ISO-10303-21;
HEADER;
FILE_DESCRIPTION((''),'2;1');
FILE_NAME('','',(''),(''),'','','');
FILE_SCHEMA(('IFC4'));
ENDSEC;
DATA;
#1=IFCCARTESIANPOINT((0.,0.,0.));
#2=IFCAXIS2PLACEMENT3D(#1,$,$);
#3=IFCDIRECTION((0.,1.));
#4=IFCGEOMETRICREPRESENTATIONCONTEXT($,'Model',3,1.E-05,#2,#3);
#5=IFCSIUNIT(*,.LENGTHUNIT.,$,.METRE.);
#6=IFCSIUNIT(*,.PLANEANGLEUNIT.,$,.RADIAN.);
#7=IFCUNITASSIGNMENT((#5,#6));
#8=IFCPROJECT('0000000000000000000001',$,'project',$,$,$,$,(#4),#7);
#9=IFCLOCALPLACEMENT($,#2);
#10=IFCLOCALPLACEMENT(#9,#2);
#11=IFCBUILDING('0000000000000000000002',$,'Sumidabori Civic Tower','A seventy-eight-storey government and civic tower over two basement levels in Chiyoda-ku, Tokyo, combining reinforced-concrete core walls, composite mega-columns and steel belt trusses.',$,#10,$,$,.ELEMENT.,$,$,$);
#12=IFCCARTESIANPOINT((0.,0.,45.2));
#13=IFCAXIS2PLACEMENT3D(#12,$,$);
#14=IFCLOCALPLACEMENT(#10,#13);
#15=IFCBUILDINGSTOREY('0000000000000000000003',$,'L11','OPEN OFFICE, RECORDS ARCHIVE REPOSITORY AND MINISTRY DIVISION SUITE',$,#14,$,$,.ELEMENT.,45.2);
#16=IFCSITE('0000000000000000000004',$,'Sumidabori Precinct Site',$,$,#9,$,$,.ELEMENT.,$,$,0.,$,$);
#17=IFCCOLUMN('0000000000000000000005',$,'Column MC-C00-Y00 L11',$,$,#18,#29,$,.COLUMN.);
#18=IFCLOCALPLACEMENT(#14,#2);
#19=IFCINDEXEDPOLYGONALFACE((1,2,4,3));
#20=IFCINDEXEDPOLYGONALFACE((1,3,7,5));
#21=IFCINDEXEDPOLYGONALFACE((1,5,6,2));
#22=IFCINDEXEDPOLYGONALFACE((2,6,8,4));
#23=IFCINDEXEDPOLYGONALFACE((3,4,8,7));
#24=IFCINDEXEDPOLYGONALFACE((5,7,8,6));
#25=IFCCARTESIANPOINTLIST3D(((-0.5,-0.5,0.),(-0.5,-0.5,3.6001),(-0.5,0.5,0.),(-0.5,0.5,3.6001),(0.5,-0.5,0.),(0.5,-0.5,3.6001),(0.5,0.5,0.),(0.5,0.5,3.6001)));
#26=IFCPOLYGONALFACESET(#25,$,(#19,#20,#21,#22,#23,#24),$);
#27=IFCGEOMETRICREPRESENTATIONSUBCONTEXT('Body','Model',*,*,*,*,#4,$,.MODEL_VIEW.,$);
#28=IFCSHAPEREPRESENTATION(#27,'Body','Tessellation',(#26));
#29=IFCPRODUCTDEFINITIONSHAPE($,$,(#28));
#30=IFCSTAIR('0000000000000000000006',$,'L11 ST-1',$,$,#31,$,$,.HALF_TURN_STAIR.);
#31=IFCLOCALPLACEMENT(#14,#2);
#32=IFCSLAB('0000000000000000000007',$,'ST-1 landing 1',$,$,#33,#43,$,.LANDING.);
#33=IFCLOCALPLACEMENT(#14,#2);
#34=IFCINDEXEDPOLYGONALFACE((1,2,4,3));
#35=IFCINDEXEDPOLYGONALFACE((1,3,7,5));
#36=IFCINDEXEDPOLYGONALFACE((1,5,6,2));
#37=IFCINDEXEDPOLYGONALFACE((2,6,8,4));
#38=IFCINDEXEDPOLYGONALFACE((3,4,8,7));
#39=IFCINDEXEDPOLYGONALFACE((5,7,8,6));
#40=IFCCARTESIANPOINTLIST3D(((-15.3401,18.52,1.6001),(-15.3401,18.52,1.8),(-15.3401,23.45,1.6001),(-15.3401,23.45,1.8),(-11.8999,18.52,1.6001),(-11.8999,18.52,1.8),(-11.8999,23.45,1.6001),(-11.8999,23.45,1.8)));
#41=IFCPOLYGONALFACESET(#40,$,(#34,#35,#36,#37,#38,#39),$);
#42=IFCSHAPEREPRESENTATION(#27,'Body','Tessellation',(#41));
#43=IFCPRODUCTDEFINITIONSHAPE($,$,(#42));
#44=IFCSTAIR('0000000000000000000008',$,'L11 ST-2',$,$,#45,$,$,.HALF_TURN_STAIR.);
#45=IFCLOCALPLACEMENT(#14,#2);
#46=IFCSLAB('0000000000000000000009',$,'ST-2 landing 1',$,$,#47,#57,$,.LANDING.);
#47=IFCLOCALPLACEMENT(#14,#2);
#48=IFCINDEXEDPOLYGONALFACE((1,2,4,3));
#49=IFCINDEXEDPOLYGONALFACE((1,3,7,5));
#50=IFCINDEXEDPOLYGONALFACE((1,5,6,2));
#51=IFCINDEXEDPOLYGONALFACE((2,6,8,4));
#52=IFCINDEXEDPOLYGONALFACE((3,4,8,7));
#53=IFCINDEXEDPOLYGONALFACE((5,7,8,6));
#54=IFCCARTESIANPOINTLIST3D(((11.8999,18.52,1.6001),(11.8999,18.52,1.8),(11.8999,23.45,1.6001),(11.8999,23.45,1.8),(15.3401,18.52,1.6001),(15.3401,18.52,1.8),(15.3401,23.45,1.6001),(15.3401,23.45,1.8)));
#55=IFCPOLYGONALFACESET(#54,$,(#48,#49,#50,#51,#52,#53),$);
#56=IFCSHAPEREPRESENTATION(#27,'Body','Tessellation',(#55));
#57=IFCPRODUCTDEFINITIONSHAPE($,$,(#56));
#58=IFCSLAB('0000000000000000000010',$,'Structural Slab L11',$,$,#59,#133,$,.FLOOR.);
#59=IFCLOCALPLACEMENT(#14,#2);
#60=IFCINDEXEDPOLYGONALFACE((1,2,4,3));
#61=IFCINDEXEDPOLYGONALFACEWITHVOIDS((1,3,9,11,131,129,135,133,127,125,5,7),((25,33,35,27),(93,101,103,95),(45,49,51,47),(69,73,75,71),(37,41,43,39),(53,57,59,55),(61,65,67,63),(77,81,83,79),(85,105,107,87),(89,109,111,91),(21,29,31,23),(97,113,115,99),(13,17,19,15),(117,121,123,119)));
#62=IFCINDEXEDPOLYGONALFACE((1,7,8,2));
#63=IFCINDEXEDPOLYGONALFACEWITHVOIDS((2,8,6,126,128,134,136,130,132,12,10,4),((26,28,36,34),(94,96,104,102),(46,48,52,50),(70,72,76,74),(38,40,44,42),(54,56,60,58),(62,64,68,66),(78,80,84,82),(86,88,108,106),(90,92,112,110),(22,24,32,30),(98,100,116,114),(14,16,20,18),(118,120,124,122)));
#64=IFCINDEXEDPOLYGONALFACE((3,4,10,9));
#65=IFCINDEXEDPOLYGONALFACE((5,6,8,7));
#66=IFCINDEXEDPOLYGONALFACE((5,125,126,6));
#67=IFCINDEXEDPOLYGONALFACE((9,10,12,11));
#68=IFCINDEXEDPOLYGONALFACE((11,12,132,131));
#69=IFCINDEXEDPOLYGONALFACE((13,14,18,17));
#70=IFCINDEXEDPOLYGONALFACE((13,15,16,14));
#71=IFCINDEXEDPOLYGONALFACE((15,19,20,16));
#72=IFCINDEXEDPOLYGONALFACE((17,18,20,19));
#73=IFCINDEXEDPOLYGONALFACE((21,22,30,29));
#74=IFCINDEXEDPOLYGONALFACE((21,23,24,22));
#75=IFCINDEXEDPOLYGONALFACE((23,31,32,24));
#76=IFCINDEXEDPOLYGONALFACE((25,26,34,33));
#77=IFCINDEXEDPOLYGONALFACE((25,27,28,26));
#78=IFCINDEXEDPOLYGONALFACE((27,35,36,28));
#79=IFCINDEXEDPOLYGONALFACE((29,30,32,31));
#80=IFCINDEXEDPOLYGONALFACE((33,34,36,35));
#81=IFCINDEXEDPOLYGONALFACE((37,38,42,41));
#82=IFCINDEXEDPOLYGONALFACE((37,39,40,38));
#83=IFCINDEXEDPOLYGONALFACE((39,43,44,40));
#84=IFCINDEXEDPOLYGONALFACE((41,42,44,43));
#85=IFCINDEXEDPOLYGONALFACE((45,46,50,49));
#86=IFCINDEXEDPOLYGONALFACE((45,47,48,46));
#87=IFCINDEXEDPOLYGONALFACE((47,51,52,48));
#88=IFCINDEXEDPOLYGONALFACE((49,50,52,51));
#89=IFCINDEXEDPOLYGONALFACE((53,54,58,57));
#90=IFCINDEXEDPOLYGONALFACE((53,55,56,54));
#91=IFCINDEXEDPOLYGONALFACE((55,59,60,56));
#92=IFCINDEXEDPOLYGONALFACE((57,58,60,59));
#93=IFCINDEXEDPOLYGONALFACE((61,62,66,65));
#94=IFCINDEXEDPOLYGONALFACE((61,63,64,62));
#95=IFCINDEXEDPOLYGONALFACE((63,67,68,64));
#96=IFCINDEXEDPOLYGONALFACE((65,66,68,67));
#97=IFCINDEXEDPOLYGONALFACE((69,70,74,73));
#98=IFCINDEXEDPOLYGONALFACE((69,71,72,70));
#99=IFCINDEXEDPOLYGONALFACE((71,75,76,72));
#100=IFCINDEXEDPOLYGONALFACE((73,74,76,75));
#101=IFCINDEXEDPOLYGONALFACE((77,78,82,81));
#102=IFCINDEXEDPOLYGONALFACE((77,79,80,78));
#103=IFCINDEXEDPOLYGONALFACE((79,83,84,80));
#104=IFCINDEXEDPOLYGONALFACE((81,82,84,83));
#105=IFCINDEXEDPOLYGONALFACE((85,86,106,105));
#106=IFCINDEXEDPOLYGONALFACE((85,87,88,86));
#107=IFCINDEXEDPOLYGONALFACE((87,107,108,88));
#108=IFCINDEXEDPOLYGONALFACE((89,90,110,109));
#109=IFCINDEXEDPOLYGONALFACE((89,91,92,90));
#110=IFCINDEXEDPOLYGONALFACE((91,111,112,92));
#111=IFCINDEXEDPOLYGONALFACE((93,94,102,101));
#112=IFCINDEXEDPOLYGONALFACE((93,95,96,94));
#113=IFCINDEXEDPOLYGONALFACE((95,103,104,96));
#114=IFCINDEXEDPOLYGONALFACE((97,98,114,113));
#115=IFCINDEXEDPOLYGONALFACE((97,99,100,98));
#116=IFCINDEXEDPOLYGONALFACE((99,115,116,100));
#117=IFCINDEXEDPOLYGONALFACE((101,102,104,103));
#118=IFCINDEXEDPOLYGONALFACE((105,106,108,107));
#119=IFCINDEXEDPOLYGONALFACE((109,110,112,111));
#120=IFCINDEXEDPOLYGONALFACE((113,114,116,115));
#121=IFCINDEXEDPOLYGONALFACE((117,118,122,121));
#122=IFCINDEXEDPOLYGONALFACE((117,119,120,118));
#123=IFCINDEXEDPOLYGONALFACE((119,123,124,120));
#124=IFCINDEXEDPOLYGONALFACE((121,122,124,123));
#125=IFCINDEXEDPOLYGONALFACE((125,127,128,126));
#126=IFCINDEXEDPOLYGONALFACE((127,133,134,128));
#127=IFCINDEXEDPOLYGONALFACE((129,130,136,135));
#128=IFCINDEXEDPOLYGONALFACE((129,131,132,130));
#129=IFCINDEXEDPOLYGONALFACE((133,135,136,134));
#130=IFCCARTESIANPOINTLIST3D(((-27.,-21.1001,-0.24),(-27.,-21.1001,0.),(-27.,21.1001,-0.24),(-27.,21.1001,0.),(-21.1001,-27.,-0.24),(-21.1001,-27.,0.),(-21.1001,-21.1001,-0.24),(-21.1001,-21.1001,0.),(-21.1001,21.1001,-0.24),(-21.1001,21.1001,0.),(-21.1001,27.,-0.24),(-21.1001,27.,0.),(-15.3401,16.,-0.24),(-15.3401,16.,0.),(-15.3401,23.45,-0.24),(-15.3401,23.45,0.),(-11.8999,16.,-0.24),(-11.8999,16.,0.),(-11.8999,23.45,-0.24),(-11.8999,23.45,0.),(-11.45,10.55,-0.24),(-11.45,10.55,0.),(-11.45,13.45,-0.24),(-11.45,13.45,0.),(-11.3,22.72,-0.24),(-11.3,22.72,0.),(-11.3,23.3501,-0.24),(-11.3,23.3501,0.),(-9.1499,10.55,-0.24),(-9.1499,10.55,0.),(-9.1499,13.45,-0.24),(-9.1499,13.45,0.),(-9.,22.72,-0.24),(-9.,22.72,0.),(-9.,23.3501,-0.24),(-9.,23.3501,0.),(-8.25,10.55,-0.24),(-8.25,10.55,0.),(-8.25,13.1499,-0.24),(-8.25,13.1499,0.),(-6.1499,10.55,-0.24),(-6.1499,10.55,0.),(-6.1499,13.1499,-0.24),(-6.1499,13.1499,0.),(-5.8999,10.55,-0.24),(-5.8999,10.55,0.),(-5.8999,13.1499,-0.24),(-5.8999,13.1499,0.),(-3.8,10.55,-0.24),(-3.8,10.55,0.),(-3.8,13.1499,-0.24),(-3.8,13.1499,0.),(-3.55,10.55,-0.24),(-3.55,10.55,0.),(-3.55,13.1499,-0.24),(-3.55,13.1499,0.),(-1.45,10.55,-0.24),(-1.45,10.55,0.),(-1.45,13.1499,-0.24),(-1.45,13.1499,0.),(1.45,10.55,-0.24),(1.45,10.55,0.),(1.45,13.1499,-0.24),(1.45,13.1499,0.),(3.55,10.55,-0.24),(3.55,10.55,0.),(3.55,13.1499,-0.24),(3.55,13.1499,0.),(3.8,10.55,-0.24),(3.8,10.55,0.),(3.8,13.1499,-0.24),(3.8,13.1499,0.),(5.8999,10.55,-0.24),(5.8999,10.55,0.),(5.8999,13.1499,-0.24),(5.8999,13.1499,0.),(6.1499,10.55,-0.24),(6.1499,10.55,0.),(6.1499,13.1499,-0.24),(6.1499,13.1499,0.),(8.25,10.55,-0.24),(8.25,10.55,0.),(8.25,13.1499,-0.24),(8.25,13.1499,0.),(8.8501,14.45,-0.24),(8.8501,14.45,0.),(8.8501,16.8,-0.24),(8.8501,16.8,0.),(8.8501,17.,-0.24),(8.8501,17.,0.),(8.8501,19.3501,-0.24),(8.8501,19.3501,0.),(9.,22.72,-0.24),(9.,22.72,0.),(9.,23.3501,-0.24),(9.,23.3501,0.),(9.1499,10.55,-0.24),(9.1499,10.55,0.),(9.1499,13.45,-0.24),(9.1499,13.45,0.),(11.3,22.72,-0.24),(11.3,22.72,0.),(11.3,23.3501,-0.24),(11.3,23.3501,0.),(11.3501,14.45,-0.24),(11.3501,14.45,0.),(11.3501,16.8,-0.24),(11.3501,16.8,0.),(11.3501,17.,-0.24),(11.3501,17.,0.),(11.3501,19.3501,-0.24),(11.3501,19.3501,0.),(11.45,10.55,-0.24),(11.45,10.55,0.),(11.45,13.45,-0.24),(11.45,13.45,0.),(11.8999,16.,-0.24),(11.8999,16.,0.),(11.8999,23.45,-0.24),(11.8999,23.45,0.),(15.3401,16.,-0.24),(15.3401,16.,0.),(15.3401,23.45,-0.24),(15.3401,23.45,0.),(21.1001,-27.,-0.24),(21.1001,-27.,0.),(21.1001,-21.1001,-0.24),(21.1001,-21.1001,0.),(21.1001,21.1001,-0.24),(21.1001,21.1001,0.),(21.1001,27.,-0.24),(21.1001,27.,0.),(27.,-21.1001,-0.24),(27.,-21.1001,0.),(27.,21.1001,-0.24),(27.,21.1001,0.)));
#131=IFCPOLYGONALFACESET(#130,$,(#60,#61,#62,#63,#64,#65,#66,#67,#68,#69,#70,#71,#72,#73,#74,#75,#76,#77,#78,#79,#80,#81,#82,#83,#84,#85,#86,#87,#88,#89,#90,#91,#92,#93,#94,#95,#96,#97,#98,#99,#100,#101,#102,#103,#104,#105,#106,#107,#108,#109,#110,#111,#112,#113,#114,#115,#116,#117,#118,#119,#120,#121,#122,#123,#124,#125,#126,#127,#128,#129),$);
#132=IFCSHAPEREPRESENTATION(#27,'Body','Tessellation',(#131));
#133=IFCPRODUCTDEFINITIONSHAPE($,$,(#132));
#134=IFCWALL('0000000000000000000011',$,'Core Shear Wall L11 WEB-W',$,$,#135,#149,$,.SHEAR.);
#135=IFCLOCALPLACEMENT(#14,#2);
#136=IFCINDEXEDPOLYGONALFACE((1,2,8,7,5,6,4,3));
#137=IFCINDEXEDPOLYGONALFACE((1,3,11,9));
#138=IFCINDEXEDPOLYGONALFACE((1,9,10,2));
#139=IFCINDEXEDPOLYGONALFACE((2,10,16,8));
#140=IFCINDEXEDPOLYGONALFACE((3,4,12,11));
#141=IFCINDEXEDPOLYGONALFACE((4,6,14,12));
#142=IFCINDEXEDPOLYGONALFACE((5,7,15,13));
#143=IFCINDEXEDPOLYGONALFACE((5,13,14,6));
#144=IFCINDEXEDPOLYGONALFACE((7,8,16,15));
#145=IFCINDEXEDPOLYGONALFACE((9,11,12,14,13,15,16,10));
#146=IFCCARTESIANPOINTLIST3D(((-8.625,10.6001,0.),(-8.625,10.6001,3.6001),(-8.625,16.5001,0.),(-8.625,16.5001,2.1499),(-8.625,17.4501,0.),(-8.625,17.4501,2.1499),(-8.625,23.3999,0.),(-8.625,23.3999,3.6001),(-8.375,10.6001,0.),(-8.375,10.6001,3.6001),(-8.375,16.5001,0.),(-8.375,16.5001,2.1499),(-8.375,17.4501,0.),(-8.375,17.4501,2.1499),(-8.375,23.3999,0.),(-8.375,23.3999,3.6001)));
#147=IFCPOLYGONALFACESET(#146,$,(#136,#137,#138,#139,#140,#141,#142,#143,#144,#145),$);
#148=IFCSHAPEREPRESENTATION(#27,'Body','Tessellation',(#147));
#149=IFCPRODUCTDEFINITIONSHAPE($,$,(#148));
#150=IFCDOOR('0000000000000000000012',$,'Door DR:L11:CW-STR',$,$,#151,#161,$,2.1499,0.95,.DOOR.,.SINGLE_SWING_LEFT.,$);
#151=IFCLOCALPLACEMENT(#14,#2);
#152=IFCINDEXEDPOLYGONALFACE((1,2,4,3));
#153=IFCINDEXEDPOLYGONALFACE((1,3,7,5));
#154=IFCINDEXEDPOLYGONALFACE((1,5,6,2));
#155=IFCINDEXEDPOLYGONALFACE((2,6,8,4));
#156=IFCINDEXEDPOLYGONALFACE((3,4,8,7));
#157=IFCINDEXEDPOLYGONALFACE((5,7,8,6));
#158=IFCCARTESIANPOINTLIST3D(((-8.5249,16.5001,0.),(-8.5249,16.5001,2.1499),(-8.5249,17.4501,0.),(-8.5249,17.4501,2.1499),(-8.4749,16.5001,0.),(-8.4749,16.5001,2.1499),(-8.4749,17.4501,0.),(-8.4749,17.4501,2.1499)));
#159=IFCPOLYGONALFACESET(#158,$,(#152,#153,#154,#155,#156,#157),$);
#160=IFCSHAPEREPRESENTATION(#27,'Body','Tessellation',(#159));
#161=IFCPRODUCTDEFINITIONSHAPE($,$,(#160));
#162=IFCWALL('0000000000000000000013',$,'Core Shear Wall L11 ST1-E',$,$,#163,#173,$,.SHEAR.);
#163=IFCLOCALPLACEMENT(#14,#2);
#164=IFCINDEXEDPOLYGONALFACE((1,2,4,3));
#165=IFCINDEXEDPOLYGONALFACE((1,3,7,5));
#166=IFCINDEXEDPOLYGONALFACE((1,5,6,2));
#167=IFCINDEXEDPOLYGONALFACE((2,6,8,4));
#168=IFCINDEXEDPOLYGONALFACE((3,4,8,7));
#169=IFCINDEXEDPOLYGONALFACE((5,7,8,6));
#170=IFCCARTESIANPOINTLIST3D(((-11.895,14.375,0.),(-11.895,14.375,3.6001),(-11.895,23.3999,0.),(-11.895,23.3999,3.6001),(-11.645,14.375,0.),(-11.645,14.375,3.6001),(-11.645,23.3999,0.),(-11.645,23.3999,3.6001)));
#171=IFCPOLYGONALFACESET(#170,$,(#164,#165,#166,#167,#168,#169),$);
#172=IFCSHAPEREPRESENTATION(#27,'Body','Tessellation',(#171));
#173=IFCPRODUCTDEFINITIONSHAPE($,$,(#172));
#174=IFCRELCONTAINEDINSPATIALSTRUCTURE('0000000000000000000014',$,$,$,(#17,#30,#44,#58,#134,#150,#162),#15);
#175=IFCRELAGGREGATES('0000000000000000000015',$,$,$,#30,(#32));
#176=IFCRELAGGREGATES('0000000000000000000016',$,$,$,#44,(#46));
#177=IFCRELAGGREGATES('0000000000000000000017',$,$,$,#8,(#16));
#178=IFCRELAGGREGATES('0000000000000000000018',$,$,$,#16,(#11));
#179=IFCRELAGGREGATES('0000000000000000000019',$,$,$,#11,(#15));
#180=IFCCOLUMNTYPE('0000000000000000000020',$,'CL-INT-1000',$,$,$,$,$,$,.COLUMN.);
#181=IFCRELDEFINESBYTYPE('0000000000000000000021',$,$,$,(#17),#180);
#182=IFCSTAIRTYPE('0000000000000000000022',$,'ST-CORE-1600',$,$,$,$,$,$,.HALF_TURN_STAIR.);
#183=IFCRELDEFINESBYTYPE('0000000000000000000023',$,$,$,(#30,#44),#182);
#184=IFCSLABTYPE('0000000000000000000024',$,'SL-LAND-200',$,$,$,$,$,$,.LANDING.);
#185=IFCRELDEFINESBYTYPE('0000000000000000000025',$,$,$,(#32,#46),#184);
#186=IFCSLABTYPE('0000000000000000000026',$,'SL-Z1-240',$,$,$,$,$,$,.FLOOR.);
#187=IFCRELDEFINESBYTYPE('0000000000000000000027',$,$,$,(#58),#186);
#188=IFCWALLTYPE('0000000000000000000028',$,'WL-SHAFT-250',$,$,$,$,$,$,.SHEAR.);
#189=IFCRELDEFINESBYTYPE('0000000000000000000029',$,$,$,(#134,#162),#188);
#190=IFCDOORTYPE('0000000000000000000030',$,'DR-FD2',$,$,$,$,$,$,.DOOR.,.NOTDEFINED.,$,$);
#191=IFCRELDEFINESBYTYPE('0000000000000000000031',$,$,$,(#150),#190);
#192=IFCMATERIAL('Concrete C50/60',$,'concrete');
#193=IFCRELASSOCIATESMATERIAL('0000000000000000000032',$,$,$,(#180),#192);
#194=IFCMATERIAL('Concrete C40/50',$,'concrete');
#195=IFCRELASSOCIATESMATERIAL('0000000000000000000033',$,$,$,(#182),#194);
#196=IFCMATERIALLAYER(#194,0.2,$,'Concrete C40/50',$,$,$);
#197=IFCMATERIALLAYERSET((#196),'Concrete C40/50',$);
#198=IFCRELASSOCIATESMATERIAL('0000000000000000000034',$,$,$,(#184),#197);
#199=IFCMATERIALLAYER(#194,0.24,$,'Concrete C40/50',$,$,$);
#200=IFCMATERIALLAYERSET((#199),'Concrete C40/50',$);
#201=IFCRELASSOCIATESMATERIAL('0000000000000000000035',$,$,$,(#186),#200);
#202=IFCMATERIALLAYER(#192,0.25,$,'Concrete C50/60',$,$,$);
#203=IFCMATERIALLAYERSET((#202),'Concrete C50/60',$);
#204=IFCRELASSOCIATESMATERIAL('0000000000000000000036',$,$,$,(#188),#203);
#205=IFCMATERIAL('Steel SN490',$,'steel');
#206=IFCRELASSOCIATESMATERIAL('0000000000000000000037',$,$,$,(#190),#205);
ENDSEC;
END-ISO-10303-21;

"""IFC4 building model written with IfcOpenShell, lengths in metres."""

from ifc_helpers import new_model, si_unit, direction, frame, frame_2d, origin, origin_with_axes, origin_2d, place, context, subcontext, project, spatial, polyline, rectangle, outline, extrude, source, transform, mapped, material, layer, layer_set, material_profile, profile_set, type_object, element, fill, aggregate, save


model = new_model("IFC4")

# Units and contexts
model_context = context("Model", 3, precision=1e-05, world=origin(), true_north=direction((0.0, 1.0)))
body_context = subcontext(model_context, "Body", "Model", "MODEL_VIEW")
ifc_project = project(units=[si_unit("LENGTHUNIT", "METRE"), si_unit("PLANEANGLEUNIT", "RADIAN")], contexts=[model_context])

# Site, building, storey
site_placement = place(None, origin())
site = spatial("IfcSite", under=ifc_project, at=site_placement, Name="Sumidabori Precinct Site", CompositionType="ELEMENT", RefElevation=0.0)
building_placement = place(site_placement, origin())
building = spatial("IfcBuilding", under=site, at=building_placement, Name="Sumidabori Civic Tower", Description="A seventy-eight-storey government and civic tower over two basement levels in Chiyoda-ku, Tokyo, combining reinforced-concrete core walls, composite mega-columns and steel belt trusses.", CompositionType="ELEMENT")
storey_placement = place(building_placement, frame((0.0, 0.0, 45.2)))
storey = spatial("IfcBuildingStorey", under=building, at=storey_placement, Name="L11", Description="OPEN OFFICE, RECORDS ARCHIVE REPOSITORY AND MINISTRY DIVISION SUITE", CompositionType="ELEMENT", Elevation=45.2)

# Column
ifc_material_1 = material(Name="Concrete C50/60", Category="concrete")
ifc_material_profile = material_profile(ifc_material_1, rectangle(XDim=1.0, YDim=1.0, at=origin_2d()), Name="RC 1000x1000")
ifc_profile_set = profile_set([ifc_material_profile], Name="Concrete C50/60")
column_type = type_object("IfcColumnType", Name="CL-INT-1000", PredefinedType="COLUMN", material=ifc_profile_set)
shared_shape_1 = source(origin(), body_context, "Body", "SweptSolid", [
    extrude(rectangle(XDim=1.0, YDim=1.0, at=origin_2d()), origin(), (0.0, 0.0, 1.0), 3.6001),
])
column_placement = place(storey_placement, origin_with_axes())
element("IfcColumn", 1, at=column_placement, inside=storey, type_object=column_type, Name="Column MC-C00-Y00 L11", PredefinedType="COLUMN", context=body_context, shape_type="MappedRepresentation", body=[
    mapped(shared_shape_1, transform((0.0, 0.0, 0.0), x_axis=(1.0, 0.0, 0.0), y_axis=(0.0, 1.0, 0.0), z_axis=(0.0, 0.0, 1.0), scale=1.0)),
])

# Stairs, slabs
ifc_material_2 = material(Name="Concrete C40/50", Category="concrete")
stair_type = type_object("IfcStairType", Name="ST-CORE-1600", PredefinedType="HALF_TURN_STAIR", material=ifc_material_2)
stair_1_placement = place(storey_placement, origin())
stair_1 = element("IfcStair", 2, at=stair_1_placement, inside=storey, type_object=stair_type, Name="L11 ST-1", PredefinedType="HALF_TURN_STAIR")
ifc_layer_1 = layer(ifc_material_2, 0.2, Name="Concrete C40/50")
ifc_layer_set_1 = layer_set([ifc_layer_1], Name="Concrete C40/50")
slab_type_1 = type_object("IfcSlabType", Name="SL-LAND-200", PredefinedType="LANDING", material=ifc_layer_set_1)
slab_1_placement = place(storey_placement, frame((0.0, 0.0, 1.6001)))
slab_1 = element("IfcSlab", 3, at=slab_1_placement, type_object=slab_type_1, Name="ST-1 landing 1", PredefinedType="LANDING", context=body_context, shape_type="SweptSolid", body=[
    extrude(outline(polyline([(-11.8999, 18.52), (-11.8999, 23.45), (-15.3401, 23.45), (-15.3401, 18.52), (-11.8999, 18.52)])), origin(), (0.0, 0.0, 1.0), 0.2),
])
aggregate(stair_1, [slab_1])
stair_2_placement = place(storey_placement, origin())
stair_2 = element("IfcStair", 4, at=stair_2_placement, inside=storey, type_object=stair_type, Name="L11 ST-2", PredefinedType="HALF_TURN_STAIR")
slab_2_placement = place(storey_placement, frame((0.0, 0.0, 1.6001)))
slab_2 = element("IfcSlab", 5, at=slab_2_placement, type_object=slab_type_1, Name="ST-2 landing 1", PredefinedType="LANDING", context=body_context, shape_type="SweptSolid", body=[
    extrude(outline(polyline([(15.3401, 18.52), (15.3401, 23.45), (11.8999, 23.45), (11.8999, 18.52), (15.3401, 18.52)])), origin(), (0.0, 0.0, 1.0), 0.2),
])
aggregate(stair_2, [slab_2])

# Slab
ifc_layer_2 = layer(ifc_material_2, 0.24, Name="Concrete C40/50")
ifc_layer_set_2 = layer_set([ifc_layer_2], Name="Concrete C40/50")
slab_type_2 = type_object("IfcSlabType", Name="SL-Z1-240", PredefinedType="FLOOR", material=ifc_layer_set_2)
slab_3_placement = place(storey_placement, frame((0.0, 0.0, -0.24)))
element("IfcSlab", 6, at=slab_3_placement, inside=storey, type_object=slab_type_2, Name="Structural Slab L11", PredefinedType="FLOOR", context=body_context, shape_type="SweptSolid", body=[
    extrude(outline(polyline([(-21.1001, -27.0), (21.1001, -27.0), (21.1001, -21.1001), (27.0, -21.1001), (27.0, 21.1001), (21.1001, 21.1001), (21.1001, 27.0), (-21.1001, 27.0), (-21.1001, 21.1001), (-27.0, 21.1001), (-27.0, -21.1001), (-21.1001, -21.1001), (-21.1001, -27.0)]), holes=[polyline([(-11.8999, 16.0), (-11.8999, 23.45), (-15.3401, 23.45), (-15.3401, 16.0), (-11.8999, 16.0)]), polyline([(15.3401, 16.0), (15.3401, 23.45), (11.8999, 23.45), (11.8999, 16.0), (15.3401, 16.0)]), polyline([(-11.45, 10.55), (-9.1499, 10.55), (-9.1499, 13.45), (-11.45, 13.45), (-11.45, 10.55)]), polyline([(9.1499, 10.55), (11.45, 10.55), (11.45, 13.45), (9.1499, 13.45), (9.1499, 10.55)]), polyline([(-8.25, 10.55), (-6.1499, 10.55), (-6.1499, 13.1499), (-8.25, 13.1499), (-8.25, 10.55)]), polyline([(-5.8999, 10.55), (-3.8, 10.55), (-3.8, 13.1499), (-5.8999, 13.1499), (-5.8999, 10.55)]), polyline([(-3.55, 10.55), (-1.45, 10.55), (-1.45, 13.1499), (-3.55, 13.1499), (-3.55, 10.55)]), polyline([(1.45, 10.55), (3.55, 10.55), (3.55, 13.1499), (1.45, 13.1499), (1.45, 10.55)]), polyline([(3.8, 10.55), (5.8999, 10.55), (5.8999, 13.1499), (3.8, 13.1499), (3.8, 10.55)]), polyline([(6.1499, 10.55), (8.25, 10.55), (8.25, 13.1499), (6.1499, 13.1499), (6.1499, 10.55)]), polyline([(8.8501, 14.45), (11.3501, 14.45), (11.3501, 16.8), (8.8501, 16.8), (8.8501, 14.45)]), polyline([(8.8501, 17.0), (11.3501, 17.0), (11.3501, 19.3501), (8.8501, 19.3501), (8.8501, 17.0)]), polyline([(-11.3, 22.72), (-9.0, 22.72), (-9.0, 23.3501), (-11.3, 23.3501), (-11.3, 22.72)]), polyline([(9.0, 22.72), (11.3, 22.72), (11.3, 23.3501), (9.0, 23.3501), (9.0, 22.72)])]), origin(), (0.0, 0.0, 1.0), 0.24),
])

# Wall, opening, door
ifc_layer_3 = layer(ifc_material_1, 0.25, Name="Concrete C50/60")
ifc_layer_set_3 = layer_set([ifc_layer_3], Name="Concrete C50/60")
wall_type_1 = type_object("IfcWallType", Name="WL-SHAFT-250", PredefinedType="SHEAR", material=ifc_layer_set_3)
shared_shape_2 = source(origin(), body_context, "Body", "SweptSolid", [
    extrude(rectangle(XDim=12.7998, YDim=0.25, at=frame_2d((6.3999, 0.0))), origin(), (0.0, 0.0, 1.0), 3.6001),
])
wall_1_placement = place(storey_placement, frame((-8.5, 10.6001, 0.0), z_axis=(0.0, 0.0, 1.0), x_axis=(0.0, 1.0, 0.0)))
wall_1 = element("IfcWall", 7, at=wall_1_placement, inside=storey, type_object=wall_type_1, Name="Core Shear Wall L11 WEB-W", PredefinedType="SHEAR", context=body_context, shape_type="MappedRepresentation", body=[
    mapped(shared_shape_2, transform((0.0, 0.0, 0.0), x_axis=(1.0, 0.0, 0.0), y_axis=(0.0, 1.0, 0.0), z_axis=(0.0, 0.0, 1.0), scale=1.0)),
])
opening_1_placement = place(wall_1_placement, frame((5.8999, 0.0, 0.0)))
opening_1 = element("IfcOpeningElement", 8, at=opening_1_placement, cuts=wall_1, PredefinedType="OPENING", context=body_context, shape_type="SweptSolid", body=[
    extrude(rectangle(XDim=0.95, YDim=2.1499, at=frame_2d((0.4751, 1.075))), frame((0.0, 0.137, 0.0), z_axis=(0.0, -1.0, 0.0), x_axis=(1.0, 0.0, 0.0)), (0.0, 0.0, 1.0), 0.2739),
])
ifc_material_3 = material(Name="Steel SN490", Category="steel")
door_type_1 = type_object("IfcDoorType", Name="DR-FD2", OperationType="NOTDEFINED", PredefinedType="DOOR", material=ifc_material_3)
shared_shape_3 = source(origin(), body_context, "Body", "SweptSolid", [
    extrude(rectangle(XDim=0.95, YDim=2.1499, at=frame_2d((0.4751, 1.075))), frame((0.0, 0.0249, 0.0), z_axis=(0.0, -1.0, 0.0), x_axis=(1.0, 0.0, 0.0)), (0.0, 0.0, 1.0), 0.05),
])
door_1_placement = place(opening_1_placement, origin())
door_1 = element("IfcDoor", 9, at=door_1_placement, inside=storey, type_object=door_type_1, Name="Door DR:L11:CW-STR", OperationType="SINGLE_SWING_LEFT", OverallHeight=2.1499, OverallWidth=0.95, PredefinedType="DOOR", context=body_context, shape_type="MappedRepresentation", body=[
    mapped(shared_shape_3, transform((0.0, 0.0, 0.0), x_axis=(1.0, 0.0, 0.0), y_axis=(0.0, 1.0, 0.0), z_axis=(0.0, 0.0, 1.0), scale=1.0)),
])
fill(opening_1, door_1)

# Wall
shared_shape_4 = source(origin(), body_context, "Body", "SweptSolid", [
    extrude(rectangle(XDim=9.0249, YDim=0.25, at=frame_2d((4.5125, 0.0))), origin(), (0.0, 0.0, 1.0), 3.6001),
])
wall_2_placement = place(storey_placement, frame((-11.77, 14.375, 0.0), z_axis=(0.0, 0.0, 1.0), x_axis=(0.0, 1.0, 0.0)))
element("IfcWall", 10, at=wall_2_placement, inside=storey, type_object=wall_type_1, Name="Core Shear Wall L11 ST1-E", PredefinedType="SHEAR", context=body_context, shape_type="MappedRepresentation", body=[
    mapped(shared_shape_4, transform((0.0, 0.0, 0.0), x_axis=(1.0, 0.0, 0.0), y_axis=(0.0, 1.0, 0.0), z_axis=(0.0, 0.0, 1.0), scale=1.0)),
])

save(model, "model.ifc")
